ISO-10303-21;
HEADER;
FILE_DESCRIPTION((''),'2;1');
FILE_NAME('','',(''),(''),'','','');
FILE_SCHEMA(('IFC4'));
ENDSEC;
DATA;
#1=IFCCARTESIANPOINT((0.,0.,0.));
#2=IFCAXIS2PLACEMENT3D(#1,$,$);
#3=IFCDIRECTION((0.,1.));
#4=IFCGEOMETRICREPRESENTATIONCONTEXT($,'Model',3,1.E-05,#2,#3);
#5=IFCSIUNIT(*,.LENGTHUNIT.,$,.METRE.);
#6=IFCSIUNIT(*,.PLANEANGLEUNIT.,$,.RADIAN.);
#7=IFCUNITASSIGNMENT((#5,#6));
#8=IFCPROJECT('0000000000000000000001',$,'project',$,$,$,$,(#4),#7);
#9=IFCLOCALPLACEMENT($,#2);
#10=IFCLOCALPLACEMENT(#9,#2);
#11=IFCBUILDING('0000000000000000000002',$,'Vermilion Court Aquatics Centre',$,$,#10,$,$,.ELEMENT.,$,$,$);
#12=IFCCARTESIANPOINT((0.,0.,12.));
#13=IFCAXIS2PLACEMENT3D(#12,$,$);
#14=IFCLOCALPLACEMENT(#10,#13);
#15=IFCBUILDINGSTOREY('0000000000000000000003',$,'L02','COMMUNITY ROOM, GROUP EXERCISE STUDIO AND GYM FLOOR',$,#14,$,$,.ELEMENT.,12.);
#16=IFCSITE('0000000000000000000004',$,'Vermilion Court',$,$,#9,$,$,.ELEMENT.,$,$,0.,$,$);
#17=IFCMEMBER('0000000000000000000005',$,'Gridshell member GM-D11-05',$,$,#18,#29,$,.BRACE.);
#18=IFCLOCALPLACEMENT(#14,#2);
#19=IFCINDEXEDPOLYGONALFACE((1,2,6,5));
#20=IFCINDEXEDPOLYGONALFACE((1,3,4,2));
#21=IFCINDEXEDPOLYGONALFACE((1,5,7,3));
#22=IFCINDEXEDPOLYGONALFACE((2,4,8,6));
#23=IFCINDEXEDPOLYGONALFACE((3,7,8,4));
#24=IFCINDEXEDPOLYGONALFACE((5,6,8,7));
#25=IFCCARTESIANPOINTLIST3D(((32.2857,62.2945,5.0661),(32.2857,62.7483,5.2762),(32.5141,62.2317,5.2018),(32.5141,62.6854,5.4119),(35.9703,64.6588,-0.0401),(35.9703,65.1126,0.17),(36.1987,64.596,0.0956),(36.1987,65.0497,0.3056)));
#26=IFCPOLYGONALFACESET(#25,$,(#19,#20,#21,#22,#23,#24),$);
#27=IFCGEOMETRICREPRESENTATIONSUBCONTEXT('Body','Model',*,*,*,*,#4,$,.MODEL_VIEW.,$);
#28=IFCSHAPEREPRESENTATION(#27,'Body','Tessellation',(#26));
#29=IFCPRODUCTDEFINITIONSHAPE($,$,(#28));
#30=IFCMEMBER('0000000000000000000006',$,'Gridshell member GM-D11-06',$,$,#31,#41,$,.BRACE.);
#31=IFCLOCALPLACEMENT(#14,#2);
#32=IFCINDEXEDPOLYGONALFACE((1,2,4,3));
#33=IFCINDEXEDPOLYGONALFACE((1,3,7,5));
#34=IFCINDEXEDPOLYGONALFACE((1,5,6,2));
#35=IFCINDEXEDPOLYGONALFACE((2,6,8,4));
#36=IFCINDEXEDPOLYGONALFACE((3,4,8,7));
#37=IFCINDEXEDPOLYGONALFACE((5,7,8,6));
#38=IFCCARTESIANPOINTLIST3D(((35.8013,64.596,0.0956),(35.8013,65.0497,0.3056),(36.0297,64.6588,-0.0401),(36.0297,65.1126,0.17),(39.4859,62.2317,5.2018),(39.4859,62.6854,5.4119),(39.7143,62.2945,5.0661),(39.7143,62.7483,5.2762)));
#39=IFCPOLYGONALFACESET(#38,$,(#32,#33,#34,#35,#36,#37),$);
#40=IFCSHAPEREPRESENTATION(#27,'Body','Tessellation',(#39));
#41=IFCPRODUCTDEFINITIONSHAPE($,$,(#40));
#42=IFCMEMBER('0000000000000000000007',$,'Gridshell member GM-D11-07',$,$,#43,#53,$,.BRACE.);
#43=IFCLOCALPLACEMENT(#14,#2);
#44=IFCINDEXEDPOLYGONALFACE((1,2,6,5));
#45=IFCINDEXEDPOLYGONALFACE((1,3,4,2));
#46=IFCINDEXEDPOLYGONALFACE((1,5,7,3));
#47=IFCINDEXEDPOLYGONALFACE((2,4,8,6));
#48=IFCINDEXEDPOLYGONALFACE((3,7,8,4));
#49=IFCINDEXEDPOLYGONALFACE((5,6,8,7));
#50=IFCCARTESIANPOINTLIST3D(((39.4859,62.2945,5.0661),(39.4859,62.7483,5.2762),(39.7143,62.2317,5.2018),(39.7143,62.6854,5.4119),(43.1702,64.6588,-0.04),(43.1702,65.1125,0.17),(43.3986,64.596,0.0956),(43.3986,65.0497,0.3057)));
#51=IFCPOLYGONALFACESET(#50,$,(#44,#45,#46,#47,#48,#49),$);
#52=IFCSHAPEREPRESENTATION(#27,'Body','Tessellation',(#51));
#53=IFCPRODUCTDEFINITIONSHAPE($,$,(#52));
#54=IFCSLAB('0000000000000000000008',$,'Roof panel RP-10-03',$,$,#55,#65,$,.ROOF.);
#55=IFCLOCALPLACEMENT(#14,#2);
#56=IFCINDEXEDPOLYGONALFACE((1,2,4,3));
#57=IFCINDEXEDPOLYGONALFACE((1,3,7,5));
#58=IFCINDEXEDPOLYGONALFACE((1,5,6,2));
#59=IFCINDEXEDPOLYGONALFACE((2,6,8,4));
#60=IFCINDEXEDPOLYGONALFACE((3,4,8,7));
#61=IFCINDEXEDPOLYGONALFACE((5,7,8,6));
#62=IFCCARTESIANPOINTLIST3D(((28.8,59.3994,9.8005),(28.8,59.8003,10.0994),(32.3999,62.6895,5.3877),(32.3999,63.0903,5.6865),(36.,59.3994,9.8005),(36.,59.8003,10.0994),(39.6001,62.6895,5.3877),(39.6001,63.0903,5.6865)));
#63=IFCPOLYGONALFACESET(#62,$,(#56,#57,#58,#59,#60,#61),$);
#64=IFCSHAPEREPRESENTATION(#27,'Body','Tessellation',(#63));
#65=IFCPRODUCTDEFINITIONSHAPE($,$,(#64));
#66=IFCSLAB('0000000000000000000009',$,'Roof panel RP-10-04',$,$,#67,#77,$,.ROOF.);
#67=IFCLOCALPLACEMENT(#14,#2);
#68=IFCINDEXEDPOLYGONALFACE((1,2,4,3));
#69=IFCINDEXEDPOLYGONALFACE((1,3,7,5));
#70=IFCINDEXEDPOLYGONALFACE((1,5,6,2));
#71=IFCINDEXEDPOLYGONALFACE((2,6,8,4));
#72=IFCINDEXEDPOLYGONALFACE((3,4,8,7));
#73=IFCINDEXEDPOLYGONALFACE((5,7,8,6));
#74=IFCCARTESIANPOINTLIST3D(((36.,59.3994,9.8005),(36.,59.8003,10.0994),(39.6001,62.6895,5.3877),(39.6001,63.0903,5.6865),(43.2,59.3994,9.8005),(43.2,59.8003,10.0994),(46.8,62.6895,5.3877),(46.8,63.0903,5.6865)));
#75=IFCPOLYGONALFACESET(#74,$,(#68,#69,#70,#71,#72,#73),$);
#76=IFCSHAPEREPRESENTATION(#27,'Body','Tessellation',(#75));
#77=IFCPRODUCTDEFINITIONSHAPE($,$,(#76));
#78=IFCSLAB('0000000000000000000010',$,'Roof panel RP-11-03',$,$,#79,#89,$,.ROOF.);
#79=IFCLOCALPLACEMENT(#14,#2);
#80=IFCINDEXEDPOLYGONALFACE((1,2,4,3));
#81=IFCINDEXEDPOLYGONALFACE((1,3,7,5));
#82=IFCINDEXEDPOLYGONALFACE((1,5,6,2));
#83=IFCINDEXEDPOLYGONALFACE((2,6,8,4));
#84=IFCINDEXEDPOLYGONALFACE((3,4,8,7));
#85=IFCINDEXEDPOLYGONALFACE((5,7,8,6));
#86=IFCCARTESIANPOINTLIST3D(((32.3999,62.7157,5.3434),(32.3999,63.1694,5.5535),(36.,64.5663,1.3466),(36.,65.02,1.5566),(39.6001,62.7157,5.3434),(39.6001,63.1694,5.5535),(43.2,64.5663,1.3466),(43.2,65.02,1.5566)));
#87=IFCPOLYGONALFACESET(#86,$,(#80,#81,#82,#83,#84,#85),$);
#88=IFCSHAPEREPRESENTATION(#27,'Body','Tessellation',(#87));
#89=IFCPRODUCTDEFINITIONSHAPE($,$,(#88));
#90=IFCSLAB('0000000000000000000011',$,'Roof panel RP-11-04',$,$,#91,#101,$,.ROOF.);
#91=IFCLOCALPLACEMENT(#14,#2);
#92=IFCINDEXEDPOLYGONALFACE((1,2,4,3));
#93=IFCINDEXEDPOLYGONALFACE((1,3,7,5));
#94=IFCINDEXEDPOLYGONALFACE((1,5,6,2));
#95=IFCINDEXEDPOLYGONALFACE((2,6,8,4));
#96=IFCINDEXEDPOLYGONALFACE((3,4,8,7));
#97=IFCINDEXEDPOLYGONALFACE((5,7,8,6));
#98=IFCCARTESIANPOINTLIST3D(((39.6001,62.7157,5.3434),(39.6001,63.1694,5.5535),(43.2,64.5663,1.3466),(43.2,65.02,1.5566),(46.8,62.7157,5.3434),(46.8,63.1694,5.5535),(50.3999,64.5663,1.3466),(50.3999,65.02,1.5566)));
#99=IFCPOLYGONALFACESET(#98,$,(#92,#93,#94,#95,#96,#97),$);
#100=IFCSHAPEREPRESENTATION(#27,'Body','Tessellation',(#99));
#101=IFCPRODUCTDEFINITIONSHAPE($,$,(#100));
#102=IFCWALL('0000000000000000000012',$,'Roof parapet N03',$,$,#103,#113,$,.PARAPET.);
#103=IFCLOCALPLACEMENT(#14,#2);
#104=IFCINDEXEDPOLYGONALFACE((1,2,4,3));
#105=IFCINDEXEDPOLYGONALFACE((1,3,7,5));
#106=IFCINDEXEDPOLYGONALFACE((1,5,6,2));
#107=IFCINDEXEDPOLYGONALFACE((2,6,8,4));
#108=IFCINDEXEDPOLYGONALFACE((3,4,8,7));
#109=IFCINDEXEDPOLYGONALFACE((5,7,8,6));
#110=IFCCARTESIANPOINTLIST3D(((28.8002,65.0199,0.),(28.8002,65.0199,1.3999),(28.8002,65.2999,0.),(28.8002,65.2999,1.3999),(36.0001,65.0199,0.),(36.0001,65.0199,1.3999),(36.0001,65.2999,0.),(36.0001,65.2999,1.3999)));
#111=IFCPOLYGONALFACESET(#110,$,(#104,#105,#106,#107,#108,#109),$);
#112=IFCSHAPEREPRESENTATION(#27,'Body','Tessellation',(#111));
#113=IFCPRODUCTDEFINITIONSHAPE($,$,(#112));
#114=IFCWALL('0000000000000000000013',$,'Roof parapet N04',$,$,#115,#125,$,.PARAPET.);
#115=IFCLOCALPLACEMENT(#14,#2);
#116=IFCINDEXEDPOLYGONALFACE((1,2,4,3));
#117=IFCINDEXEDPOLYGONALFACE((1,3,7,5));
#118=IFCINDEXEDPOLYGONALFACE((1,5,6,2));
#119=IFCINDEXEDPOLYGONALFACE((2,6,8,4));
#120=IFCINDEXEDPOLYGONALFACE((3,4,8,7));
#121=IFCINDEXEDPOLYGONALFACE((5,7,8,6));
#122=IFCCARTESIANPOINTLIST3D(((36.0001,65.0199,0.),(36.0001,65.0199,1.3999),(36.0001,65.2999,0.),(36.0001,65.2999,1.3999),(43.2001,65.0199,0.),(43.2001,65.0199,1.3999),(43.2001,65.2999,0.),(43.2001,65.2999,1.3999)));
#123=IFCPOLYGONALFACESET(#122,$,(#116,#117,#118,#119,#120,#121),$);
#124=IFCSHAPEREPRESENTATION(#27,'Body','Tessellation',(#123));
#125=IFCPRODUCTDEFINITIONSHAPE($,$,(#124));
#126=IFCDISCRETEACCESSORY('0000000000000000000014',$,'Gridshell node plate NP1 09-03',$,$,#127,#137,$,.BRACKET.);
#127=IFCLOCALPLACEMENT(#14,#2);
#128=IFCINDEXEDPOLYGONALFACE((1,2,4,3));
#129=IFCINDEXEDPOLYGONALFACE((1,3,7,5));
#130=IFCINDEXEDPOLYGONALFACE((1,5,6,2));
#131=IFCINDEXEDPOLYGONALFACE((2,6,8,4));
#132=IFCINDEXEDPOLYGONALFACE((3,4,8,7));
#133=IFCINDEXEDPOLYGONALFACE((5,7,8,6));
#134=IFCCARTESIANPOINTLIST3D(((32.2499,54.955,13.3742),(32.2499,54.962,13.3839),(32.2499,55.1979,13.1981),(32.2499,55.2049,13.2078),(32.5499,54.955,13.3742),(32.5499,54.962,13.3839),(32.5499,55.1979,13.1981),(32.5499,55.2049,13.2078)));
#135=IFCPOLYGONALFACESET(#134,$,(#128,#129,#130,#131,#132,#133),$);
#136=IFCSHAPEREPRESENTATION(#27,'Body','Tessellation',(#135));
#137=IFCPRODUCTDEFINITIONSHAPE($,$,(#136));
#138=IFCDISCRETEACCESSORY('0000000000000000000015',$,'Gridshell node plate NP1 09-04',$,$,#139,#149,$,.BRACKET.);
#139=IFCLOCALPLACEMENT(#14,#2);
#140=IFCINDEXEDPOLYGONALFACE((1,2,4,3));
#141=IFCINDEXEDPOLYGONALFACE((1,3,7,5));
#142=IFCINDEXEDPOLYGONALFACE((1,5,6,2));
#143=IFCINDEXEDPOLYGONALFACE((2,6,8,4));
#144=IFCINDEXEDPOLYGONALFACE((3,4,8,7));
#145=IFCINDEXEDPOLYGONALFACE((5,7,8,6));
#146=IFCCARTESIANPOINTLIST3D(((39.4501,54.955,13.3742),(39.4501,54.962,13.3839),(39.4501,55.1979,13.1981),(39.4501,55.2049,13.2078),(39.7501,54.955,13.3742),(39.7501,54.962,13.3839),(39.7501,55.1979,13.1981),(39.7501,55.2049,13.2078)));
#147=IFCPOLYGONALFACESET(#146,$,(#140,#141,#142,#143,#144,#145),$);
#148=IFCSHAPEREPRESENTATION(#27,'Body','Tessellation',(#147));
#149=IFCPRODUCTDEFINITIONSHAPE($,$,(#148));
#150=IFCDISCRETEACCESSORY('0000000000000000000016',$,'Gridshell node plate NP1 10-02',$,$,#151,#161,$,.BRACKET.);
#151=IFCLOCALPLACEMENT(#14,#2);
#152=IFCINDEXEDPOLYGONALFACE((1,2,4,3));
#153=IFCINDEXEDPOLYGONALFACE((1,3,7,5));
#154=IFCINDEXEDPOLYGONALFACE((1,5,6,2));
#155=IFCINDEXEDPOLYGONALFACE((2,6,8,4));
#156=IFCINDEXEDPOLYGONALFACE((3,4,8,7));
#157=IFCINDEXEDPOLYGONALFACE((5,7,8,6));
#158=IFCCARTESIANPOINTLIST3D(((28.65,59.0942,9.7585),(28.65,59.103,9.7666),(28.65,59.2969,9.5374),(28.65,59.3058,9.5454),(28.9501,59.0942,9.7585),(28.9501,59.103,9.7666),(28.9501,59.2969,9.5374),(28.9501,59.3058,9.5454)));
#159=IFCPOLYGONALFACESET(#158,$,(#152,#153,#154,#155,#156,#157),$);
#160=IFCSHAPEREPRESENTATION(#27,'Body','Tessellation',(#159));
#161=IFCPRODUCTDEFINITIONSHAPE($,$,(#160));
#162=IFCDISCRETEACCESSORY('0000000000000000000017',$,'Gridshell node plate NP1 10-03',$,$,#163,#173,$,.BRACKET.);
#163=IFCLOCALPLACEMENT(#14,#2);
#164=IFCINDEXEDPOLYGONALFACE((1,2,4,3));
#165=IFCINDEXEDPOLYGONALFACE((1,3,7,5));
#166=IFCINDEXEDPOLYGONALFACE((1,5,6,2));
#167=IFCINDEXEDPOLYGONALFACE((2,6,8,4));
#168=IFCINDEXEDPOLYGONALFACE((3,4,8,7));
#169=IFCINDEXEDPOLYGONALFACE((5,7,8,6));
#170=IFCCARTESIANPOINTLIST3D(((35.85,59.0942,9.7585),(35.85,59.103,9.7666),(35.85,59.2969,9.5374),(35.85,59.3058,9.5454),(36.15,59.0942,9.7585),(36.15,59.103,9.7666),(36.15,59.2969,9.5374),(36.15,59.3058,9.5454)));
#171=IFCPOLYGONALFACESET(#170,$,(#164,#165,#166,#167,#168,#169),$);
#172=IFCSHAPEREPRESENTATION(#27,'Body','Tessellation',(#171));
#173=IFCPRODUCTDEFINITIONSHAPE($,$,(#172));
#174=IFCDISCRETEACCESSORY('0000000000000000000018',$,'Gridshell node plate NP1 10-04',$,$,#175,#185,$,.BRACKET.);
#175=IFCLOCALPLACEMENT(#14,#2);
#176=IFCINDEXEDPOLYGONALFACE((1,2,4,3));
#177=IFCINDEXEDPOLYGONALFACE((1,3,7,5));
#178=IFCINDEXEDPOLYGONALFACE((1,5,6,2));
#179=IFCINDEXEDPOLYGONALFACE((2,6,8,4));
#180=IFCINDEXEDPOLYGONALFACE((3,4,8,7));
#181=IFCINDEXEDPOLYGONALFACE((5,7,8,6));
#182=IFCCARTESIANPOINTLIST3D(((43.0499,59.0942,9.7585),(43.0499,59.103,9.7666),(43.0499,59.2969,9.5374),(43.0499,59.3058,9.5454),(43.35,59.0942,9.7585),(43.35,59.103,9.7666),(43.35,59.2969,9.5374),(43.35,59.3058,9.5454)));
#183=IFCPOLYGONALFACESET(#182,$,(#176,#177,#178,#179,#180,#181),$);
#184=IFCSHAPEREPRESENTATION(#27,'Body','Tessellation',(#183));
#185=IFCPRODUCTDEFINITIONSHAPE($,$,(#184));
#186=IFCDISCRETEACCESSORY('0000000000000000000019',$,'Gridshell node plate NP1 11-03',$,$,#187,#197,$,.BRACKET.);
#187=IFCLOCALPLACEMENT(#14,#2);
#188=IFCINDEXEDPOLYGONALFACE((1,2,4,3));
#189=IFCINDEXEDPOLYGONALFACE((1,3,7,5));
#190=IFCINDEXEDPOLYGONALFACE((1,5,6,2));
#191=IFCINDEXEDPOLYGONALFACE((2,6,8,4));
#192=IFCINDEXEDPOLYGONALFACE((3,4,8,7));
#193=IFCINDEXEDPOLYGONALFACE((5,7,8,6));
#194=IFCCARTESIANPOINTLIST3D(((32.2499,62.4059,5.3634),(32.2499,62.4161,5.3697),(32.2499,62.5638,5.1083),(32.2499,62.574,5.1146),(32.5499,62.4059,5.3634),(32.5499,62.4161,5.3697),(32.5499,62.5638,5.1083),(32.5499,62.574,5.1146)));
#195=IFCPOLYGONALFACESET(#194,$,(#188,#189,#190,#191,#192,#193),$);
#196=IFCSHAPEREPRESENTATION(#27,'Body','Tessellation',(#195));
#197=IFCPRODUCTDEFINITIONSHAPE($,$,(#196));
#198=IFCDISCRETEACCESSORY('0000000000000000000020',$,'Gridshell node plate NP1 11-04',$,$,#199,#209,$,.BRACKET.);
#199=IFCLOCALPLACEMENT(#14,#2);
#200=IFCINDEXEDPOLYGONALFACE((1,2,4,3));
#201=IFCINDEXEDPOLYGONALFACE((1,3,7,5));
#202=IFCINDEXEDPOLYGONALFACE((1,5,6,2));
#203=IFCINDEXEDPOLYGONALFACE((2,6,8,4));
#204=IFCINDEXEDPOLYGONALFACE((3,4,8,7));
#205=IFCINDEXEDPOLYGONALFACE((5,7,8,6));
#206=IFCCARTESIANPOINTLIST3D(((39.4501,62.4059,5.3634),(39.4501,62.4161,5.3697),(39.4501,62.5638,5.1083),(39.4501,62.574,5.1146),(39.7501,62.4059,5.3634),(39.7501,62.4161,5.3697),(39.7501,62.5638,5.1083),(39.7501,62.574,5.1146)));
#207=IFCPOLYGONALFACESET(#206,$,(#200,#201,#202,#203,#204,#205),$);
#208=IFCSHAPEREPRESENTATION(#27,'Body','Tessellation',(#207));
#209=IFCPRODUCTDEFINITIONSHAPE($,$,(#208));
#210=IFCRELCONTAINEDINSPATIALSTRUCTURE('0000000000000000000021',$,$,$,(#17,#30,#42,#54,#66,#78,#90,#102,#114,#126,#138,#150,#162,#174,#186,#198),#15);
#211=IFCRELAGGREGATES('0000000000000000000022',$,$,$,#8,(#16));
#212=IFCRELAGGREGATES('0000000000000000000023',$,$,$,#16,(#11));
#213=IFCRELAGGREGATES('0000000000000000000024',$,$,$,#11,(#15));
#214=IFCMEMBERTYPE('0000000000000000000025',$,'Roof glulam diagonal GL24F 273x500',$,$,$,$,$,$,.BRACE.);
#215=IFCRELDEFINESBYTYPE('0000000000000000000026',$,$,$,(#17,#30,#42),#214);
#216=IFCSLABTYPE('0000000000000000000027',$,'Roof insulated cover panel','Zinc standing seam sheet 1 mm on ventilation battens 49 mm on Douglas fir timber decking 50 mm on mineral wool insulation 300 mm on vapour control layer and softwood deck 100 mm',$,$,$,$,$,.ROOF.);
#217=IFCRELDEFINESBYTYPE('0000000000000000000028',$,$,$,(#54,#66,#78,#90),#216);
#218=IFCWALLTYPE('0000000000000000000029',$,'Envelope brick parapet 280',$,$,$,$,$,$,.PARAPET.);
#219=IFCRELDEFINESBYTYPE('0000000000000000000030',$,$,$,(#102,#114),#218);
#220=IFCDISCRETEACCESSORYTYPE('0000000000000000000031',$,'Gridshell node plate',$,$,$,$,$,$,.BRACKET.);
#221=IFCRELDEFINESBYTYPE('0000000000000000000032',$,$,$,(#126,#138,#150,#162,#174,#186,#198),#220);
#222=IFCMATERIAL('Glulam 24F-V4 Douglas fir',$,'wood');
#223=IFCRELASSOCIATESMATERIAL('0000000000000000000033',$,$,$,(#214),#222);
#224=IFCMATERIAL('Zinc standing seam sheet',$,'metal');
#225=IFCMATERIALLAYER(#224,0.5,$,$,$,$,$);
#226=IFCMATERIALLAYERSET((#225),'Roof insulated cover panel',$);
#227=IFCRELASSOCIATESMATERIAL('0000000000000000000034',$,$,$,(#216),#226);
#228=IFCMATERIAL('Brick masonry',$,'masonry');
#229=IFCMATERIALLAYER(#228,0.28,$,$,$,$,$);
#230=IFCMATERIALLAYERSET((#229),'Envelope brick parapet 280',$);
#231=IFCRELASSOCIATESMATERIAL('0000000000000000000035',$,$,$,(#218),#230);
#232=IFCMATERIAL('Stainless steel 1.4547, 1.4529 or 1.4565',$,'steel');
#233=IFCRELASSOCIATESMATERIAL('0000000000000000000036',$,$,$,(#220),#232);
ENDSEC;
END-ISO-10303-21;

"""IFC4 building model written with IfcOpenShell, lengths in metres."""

from ifc_helpers import new_model, si_unit, direction, frame, frame_2d, origin, origin_2d, place, context, subcontext, project, spatial, polyline, rectangle, outline, extrude, material, layer, layer_set, material_profile, profile_set, type_object, element, save


model = new_model("IFC4")

# Units and contexts
model_context = context("Model", 3, precision=1e-05, world=origin(), true_north=direction((0.0, 1.0)))
body_context = subcontext(model_context, "Body", "Model", "MODEL_VIEW")
ifc_project = project(units=[si_unit("LENGTHUNIT", "METRE"), si_unit("PLANEANGLEUNIT", "RADIAN")], contexts=[model_context])

# Site, building, storey
site_placement = place(None, origin())
site = spatial("IfcSite", under=ifc_project, at=site_placement, Name="Vermilion Court", CompositionType="ELEMENT", RefElevation=0.0)
building_placement = place(site_placement, origin())
building = spatial("IfcBuilding", under=site, at=building_placement, Name="Vermilion Court Aquatics Centre", CompositionType="ELEMENT")
storey_placement = place(building_placement, frame((0.0, 0.0, 12.0)))
storey = spatial("IfcBuildingStorey", under=building, at=storey_placement, Name="L02", Description="COMMUNITY ROOM, GROUP EXERCISE STUDIO AND GYM FLOOR", CompositionType="ELEMENT", Elevation=12.0)

# Members
ifc_material_1 = material(Name="Glulam 24F-V4 Douglas fir", Category="wood")
ifc_material_profile_1 = material_profile(ifc_material_1, rectangle(XDim=0.2729, YDim=0.5, at=origin_2d()), Name="GL24F 273x500")
ifc_profile_set_1 = profile_set([ifc_material_profile_1], Name="Glulam 24F-V4 Douglas fir")
member_type_1 = type_object("IfcMemberType", Name="Roof glulam diagonal GL24F 273x500", PredefinedType="BRACE", material=ifc_profile_set_1)
for number, where, z_axis, x_axis, name in (
    (1, (32.3999, 62.49, 5.239), (0.54781, 0.35151, -0.759174), (-0.836603, 0.230193, -0.497099), "Gridshell member GM-D11-05"),
    (2, (39.6001, 62.49, 5.239), (-0.54781, 0.35151, -0.759174), (-0.836603, -0.230193, 0.497099), "Gridshell member GM-D11-06"),
):
    element("IfcMember", number, at=place(storey_placement, frame(where, z_axis=z_axis, x_axis=x_axis)), inside=storey, type_object=member_type_1, Name=name, PredefinedType="BRACE", context=body_context, shape_type="SweptSolid", body=[
        extrude(rectangle(XDim=0.2729, YDim=0.5, at=origin_2d()), origin(), (0.0, 0.0, 1.0), 6.7261),
    ])
member_1_placement = place(storey_placement, frame((39.6001, 62.49, 5.239), z_axis=(0.547785, 0.351517, -0.759189), x_axis=(-0.836619, 0.230161, -0.497085)))
element("IfcMember", 3, at=member_1_placement, inside=storey, type_object=member_type_1, Name="Gridshell member GM-D11-07", PredefinedType="BRACE", context=body_context, shape_type="SweptSolid", body=[
    extrude(rectangle(XDim=0.2729, YDim=0.5, at=origin_2d()), origin(), (0.0, 0.0, 1.0), 6.7258),
])

# Slabs
ifc_material_2 = material(Name="Zinc standing seam sheet", Category="metal")
ifc_layer_1 = layer(ifc_material_2, 0.5)
ifc_layer_set_1 = layer_set([ifc_layer_1], Name="Roof insulated cover panel")
slab_type = type_object("IfcSlabType", Name="Roof insulated cover panel", Description="Zinc standing seam sheet 1 mm on ventilation battens 49 mm on Douglas fir timber decking 50 mm on mineral wool insulation 300 mm on vapour control layer and softwood deck 100 mm", PredefinedType="ROOF", material=ifc_layer_set_1)
slab_1_placement = place(storey_placement, frame((28.8, 59.8003, 10.0994), z_axis=(0.0, 0.801705, 0.59772), x_axis=(1.0, 0.0, 0.0)))
element("IfcSlab", 4, at=slab_1_placement, inside=storey, type_object=slab_type, Name="Roof panel RP-10-03", PredefinedType="ROOF", context=body_context, shape_type="SweptSolid", body=[
    extrude(outline(polyline([(0.0, 0.0), (7.2, 0.0), (10.8, 5.5043), (3.5999, 5.5043), (0.0, 0.0)])), origin(), (0.0, 0.0, -1.0), 0.5),
])
slab_2_placement = place(storey_placement, frame((36.0, 59.8003, 10.0994), z_axis=(0.0, 0.801705, 0.59772), x_axis=(1.0, 0.0, 0.0)))
element("IfcSlab", 5, at=slab_2_placement, inside=storey, type_object=slab_type, Name="Roof panel RP-10-04", PredefinedType="ROOF", context=body_context, shape_type="SweptSolid", body=[
    extrude(outline(polyline([(0.0, 0.0), (7.2, 0.0), (10.8, 5.5043), (3.6001, 5.5043), (0.0, 0.0)])), origin(), (0.0, 0.0, -1.0), 0.5),
])
slab_3_placement = place(storey_placement, frame((32.3999, 63.1694, 5.5535), z_axis=(0.0, 0.907449, 0.420162), x_axis=(1.0, 0.0, 0.0)))
element("IfcSlab", 6, at=slab_3_placement, inside=storey, type_object=slab_type, Name="Roof panel RP-11-03", PredefinedType="ROOF", context=body_context, shape_type="SweptSolid", body=[
    extrude(outline(polyline([(0.0, 0.0), (7.2002, 0.0), (10.8, 4.4045), (3.6001, 4.4045), (0.0, 0.0)])), origin(), (0.0, 0.0, -1.0), 0.5),
])
slab_4_placement = place(storey_placement, frame((39.6001, 63.1694, 5.5535), z_axis=(0.0, 0.907449, 0.420162), x_axis=(1.0, 0.0, 0.0)))
element("IfcSlab", 7, at=slab_4_placement, inside=storey, type_object=slab_type, Name="Roof panel RP-11-04", PredefinedType="ROOF", context=body_context, shape_type="SweptSolid", body=[
    extrude(outline(polyline([(0.0, 0.0), (7.2, 0.0), (10.7998, 4.4045), (3.5999, 4.4045), (0.0, 0.0)])), origin(), (0.0, 0.0, -1.0), 0.5),
])

# Walls
ifc_material_3 = material(Name="Brick masonry", Category="masonry")
ifc_layer_2 = layer(ifc_material_3, 0.28)
ifc_layer_set_2 = layer_set([ifc_layer_2], Name="Envelope brick parapet 280")
wall_type = type_object("IfcWallType", Name="Envelope brick parapet 280", PredefinedType="PARAPET", material=ifc_layer_set_2)
for number, where, z_axis, x_axis, name in (
    (8, (28.8, 65.1599, 0.0), (0.0, 0.0, 1.0), (1.0, 0.0, 0.0), "Roof parapet N03"),
    (9, (36.0, 65.1599, 0.0), (0.0, 0.0, 1.0), (1.0, 0.0, 0.0), "Roof parapet N04"),
):
    element("IfcWall", number, at=place(storey_placement, frame(where, z_axis=z_axis, x_axis=x_axis)), inside=storey, type_object=wall_type, Name=name, PredefinedType="PARAPET", context=body_context, shape_type="SweptSolid", body=[
        extrude(rectangle(XDim=7.2, YDim=0.28, at=frame_2d((3.6001, 0.0))), origin(), (0.0, 0.0, 1.0), 1.3999),
    ])

# Discrete accessories
ifc_material_4 = material(Name="Stainless steel 1.4547, 1.4529 or 1.4565", Category="steel")
ifc_material_profile_2 = material_profile(ifc_material_4, rectangle(XDim=0.3, YDim=0.3, at=origin_2d()), Name="PL 12 x 300 x 300")
ifc_profile_set_2 = profile_set([ifc_material_profile_2], Name="Stainless steel 1.4547, 1.4529 or 1.4565")
discrete_accessory_type_1 = type_object("IfcDiscreteAccessoryType", Name="Gridshell node plate", PredefinedType="BRACKET", material=ifc_profile_set_2)
for number, where, z_axis, x_axis, name in (
    (10, (32.3999, 55.0764, 13.2861), (0.0, 0.586968, 0.80961), (-1.0, 0.0, 0.0), "Gridshell node plate NP1 09-03"),
    (11, (39.6001, 55.0764, 13.2861), (0.0, 0.586968, 0.80961), (-1.0, 0.0, 0.0), "Gridshell node plate NP1 09-04"),
    (12, (28.8, 59.1956, 9.6479), (0.0, 0.737154, 0.675725), (-1.0, 0.0, 0.0), "Gridshell node plate NP1 10-02"),
    (13, (36.0, 59.1956, 9.6479), (0.0, 0.737154, 0.675725), (-1.0, 0.0, 0.0), "Gridshell node plate NP1 10-03"),
    (14, (43.2, 59.1956, 9.6479), (0.0, 0.737154, 0.675725), (-1.0, 0.0, 0.0), "Gridshell node plate NP1 10-04"),
    (15, (32.3999, 62.4849, 5.2358), (0.0, 0.850265, 0.526355), (-1.0, 0.0, 0.0), "Gridshell node plate NP1 11-03"),
    (16, (39.6001, 62.4849, 5.2358), (0.0, 0.850265, 0.526355), (-1.0, 0.0, 0.0), "Gridshell node plate NP1 11-04"),
):
    element("IfcDiscreteAccessory", number, at=place(storey_placement, frame(where, z_axis=z_axis, x_axis=x_axis)), inside=storey, type_object=discrete_accessory_type_1, Name=name, PredefinedType="BRACKET", context=body_context, shape_type="SweptSolid", body=[
        extrude(rectangle(XDim=0.3, YDim=0.3, at=origin_2d()), origin(), (0.0, 0.0, 1.0), 0.012),
    ])

save(model, "model.ifc")
